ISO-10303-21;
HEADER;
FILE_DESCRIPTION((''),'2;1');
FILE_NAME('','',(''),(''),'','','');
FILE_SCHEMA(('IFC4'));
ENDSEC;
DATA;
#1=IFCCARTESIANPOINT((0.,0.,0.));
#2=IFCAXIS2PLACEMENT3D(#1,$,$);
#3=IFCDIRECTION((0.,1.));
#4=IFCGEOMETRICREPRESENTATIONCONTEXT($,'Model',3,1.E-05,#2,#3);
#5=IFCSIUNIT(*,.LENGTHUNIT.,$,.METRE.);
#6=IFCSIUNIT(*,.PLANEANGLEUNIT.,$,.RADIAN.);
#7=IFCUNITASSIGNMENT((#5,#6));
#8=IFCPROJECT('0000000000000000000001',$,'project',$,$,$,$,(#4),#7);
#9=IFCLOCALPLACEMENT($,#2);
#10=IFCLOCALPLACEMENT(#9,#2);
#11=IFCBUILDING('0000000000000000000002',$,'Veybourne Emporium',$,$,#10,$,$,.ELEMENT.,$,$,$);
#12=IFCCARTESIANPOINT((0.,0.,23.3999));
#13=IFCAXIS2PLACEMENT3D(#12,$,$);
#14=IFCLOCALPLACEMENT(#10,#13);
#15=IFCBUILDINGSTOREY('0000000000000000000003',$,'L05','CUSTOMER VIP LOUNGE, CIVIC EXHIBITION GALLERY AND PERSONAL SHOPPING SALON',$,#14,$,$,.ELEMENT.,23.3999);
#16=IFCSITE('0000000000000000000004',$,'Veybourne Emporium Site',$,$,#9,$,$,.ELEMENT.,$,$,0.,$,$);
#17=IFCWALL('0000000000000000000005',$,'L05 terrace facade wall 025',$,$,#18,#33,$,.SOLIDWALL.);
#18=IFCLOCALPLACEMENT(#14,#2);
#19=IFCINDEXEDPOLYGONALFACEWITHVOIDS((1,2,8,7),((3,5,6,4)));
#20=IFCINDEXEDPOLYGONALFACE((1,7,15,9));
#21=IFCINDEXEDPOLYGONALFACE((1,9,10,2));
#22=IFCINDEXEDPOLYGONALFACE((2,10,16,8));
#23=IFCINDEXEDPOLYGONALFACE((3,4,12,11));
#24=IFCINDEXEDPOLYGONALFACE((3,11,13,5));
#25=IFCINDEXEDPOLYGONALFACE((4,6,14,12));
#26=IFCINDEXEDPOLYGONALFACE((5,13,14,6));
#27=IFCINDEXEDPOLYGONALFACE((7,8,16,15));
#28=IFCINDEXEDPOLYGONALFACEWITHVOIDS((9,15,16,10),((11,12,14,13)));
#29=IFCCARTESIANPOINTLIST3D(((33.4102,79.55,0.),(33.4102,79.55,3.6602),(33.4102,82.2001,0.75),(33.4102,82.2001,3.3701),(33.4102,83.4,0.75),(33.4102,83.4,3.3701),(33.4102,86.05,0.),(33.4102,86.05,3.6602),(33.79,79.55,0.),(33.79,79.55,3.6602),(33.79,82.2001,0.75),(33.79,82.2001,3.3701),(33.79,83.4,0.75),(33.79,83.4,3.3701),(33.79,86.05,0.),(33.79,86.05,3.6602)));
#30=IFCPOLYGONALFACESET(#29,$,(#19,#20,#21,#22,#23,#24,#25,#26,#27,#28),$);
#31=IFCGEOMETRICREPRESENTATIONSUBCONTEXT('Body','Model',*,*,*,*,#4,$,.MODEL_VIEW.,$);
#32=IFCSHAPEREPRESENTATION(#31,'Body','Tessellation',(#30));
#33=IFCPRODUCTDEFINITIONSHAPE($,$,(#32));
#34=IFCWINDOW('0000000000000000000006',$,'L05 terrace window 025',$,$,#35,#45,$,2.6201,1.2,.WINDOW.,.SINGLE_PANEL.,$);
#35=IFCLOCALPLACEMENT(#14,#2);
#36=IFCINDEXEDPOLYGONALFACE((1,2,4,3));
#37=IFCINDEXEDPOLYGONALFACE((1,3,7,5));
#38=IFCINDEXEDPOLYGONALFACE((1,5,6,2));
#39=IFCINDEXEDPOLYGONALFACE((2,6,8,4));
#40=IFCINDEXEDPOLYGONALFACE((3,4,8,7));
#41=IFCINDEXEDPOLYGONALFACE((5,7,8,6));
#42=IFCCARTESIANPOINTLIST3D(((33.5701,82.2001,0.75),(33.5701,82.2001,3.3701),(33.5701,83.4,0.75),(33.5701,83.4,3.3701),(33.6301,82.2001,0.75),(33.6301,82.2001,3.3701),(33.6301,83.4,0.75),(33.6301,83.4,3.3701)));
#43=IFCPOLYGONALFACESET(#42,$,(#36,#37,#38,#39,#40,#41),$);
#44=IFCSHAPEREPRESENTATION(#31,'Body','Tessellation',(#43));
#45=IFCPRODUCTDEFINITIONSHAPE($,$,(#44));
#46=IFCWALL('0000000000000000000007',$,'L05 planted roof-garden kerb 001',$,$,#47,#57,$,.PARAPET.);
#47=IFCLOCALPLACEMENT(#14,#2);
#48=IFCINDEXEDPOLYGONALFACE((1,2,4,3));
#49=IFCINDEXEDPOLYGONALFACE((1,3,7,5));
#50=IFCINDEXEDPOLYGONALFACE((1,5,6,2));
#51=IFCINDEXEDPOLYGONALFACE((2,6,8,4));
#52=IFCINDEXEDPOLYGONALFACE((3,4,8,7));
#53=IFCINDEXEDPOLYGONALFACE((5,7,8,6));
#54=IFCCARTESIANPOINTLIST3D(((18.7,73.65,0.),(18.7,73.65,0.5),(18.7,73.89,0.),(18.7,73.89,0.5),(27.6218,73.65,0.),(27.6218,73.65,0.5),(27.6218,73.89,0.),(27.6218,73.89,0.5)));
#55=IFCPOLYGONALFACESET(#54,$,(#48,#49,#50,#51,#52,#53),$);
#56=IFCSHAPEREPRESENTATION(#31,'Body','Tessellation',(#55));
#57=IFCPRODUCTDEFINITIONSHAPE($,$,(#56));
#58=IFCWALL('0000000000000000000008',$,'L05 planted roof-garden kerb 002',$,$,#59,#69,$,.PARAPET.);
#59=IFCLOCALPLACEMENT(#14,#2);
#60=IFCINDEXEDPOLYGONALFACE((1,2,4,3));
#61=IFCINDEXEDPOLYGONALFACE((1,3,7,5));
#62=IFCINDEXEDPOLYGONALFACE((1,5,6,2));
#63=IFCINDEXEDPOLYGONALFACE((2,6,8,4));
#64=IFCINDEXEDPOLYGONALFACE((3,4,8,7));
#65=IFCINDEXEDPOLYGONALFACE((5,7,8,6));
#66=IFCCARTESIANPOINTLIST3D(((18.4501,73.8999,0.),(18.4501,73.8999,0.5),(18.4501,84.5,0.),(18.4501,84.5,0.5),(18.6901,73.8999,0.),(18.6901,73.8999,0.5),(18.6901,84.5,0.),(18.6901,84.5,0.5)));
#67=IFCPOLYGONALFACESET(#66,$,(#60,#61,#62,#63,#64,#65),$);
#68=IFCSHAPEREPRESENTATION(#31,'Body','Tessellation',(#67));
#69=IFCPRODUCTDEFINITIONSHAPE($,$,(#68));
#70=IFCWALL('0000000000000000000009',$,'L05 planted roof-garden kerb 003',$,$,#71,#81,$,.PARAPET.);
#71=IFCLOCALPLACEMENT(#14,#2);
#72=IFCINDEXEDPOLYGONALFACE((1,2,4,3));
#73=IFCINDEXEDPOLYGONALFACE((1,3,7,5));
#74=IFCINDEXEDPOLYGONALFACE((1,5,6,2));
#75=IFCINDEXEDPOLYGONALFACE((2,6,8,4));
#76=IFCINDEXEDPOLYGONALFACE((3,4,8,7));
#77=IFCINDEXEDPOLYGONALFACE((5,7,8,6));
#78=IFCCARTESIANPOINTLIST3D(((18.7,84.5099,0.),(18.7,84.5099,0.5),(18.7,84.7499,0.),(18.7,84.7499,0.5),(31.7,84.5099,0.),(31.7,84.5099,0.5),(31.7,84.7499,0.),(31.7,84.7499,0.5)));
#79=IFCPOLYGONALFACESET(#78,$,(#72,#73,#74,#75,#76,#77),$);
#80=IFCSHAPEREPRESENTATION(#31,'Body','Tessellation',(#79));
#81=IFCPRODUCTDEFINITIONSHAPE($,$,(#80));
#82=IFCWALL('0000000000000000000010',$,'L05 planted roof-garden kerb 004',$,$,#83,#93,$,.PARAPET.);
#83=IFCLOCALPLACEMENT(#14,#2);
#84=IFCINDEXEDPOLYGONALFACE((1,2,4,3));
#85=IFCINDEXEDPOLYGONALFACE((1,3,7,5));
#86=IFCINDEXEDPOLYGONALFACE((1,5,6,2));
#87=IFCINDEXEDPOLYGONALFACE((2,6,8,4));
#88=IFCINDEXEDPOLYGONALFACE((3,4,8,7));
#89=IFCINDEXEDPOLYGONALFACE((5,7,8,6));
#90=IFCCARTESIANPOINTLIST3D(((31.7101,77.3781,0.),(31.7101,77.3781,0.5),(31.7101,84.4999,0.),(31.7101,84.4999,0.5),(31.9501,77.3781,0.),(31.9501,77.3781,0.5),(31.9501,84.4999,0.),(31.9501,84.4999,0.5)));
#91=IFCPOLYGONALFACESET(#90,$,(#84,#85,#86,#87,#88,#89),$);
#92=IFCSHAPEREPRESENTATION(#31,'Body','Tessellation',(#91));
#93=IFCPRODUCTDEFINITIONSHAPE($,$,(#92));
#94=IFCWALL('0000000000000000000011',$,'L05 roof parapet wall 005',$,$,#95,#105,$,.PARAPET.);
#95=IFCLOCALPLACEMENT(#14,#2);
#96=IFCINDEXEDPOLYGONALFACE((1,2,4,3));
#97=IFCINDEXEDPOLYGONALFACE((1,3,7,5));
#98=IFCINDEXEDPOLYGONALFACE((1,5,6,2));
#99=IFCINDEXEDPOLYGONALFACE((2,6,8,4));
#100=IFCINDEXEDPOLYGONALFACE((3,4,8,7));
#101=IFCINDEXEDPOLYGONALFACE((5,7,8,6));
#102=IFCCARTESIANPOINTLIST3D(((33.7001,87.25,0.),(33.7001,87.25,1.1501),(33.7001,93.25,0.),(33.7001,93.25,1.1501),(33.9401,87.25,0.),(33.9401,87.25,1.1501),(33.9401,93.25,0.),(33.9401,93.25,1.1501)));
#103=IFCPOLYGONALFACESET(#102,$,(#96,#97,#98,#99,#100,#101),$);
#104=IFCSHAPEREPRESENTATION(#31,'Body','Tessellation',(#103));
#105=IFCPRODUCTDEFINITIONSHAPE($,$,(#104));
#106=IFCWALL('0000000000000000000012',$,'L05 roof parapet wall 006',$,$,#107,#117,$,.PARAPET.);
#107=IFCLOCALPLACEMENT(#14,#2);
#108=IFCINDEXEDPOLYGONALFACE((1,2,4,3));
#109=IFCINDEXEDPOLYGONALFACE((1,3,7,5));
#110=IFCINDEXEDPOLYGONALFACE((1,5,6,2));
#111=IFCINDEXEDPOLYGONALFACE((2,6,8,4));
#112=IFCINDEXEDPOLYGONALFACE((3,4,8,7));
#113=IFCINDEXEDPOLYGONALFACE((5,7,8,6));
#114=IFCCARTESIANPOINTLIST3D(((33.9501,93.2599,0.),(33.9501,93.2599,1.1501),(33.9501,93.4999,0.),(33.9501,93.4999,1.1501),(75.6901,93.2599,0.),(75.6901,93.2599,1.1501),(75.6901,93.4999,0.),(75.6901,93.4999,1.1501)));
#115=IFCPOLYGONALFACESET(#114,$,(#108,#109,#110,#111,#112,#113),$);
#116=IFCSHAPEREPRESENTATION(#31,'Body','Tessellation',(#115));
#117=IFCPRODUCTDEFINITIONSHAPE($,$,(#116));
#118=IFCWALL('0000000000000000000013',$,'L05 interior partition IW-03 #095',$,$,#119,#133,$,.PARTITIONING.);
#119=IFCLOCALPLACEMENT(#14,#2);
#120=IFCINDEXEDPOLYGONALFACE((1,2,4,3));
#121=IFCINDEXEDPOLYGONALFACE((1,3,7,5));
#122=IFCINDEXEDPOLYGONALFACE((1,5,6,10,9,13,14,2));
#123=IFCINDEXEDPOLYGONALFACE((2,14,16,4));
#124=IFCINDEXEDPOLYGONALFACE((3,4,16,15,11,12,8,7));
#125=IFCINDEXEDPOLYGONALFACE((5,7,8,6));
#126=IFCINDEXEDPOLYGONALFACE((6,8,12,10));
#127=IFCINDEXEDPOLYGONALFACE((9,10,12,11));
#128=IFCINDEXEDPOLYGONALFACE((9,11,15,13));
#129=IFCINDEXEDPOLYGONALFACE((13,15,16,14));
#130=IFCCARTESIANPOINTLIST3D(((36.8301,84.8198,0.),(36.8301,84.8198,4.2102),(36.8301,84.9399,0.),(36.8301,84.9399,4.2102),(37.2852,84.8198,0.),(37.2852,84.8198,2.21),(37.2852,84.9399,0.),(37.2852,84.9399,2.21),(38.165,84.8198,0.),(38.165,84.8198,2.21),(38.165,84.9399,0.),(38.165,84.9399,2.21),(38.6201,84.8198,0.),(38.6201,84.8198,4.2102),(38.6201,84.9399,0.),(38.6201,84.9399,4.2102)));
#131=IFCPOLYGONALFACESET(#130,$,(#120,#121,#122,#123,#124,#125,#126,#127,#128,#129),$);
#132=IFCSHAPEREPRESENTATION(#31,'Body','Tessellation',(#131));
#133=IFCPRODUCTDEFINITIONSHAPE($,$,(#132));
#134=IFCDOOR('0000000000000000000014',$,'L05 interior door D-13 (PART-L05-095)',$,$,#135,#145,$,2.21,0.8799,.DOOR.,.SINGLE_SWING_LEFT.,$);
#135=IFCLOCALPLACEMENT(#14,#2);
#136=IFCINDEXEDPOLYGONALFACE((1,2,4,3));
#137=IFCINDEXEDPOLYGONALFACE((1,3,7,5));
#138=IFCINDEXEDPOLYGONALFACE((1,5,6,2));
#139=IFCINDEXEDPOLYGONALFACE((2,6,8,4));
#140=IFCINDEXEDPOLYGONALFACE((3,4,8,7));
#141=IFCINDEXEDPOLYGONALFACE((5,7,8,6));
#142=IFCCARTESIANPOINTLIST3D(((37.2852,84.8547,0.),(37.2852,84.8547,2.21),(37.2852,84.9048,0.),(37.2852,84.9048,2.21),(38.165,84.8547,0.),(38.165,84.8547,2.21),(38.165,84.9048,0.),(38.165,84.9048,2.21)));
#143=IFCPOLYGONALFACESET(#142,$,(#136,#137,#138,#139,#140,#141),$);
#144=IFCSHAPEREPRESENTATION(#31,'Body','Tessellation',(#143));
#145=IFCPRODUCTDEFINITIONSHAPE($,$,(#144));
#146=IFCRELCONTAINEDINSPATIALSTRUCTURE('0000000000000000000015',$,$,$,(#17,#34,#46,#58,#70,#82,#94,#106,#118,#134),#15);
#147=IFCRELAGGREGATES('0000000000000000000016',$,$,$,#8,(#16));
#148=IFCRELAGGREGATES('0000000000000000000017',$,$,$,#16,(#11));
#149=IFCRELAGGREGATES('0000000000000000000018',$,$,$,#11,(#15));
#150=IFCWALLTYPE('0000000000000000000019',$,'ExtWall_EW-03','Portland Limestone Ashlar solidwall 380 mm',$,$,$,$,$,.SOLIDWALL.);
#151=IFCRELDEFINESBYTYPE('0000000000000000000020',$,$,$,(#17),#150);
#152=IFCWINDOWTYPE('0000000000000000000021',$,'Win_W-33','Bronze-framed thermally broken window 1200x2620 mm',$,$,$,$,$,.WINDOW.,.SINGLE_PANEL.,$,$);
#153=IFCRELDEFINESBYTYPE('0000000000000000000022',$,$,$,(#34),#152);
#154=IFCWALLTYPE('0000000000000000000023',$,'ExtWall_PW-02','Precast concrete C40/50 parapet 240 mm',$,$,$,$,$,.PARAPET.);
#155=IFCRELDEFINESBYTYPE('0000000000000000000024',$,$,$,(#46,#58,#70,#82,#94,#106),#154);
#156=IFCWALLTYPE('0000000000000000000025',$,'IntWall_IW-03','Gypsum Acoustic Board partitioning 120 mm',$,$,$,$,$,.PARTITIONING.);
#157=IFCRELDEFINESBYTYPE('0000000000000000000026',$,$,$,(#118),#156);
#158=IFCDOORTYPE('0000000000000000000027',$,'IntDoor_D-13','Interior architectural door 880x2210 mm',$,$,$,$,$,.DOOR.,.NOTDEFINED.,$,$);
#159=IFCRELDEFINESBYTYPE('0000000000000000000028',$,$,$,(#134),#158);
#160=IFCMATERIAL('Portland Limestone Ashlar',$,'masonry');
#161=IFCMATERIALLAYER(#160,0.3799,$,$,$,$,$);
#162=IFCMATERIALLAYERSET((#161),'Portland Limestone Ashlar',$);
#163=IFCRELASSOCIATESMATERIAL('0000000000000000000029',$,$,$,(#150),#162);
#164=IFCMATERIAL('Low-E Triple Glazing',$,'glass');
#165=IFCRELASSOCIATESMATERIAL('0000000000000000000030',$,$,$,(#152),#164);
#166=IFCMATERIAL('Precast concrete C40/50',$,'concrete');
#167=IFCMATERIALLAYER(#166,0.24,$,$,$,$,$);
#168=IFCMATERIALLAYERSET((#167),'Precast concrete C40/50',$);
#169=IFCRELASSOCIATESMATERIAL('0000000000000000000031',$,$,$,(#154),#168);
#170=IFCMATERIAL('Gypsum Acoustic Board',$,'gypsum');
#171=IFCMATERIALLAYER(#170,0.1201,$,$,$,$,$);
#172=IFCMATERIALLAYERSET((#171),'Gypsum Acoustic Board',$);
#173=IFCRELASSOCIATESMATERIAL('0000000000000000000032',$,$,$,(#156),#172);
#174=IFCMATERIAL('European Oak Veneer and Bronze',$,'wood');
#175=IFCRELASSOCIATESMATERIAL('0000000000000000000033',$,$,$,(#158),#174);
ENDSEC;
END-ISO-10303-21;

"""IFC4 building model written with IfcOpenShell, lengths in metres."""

from ifc_helpers import new_model, si_unit, direction, frame, frame_2d, origin, place, context, subcontext, project, spatial, rectangle, extrude, material, layer, layer_set, type_object, element, fill, save


model = new_model("IFC4")

# Units and contexts
model_context = context("Model", 3, precision=1e-05, world=origin(), true_north=direction((0.0, 1.0)))
body_context = subcontext(model_context, "Body", "Model", "MODEL_VIEW")
ifc_project = project(units=[si_unit("LENGTHUNIT", "METRE"), si_unit("PLANEANGLEUNIT", "RADIAN")], contexts=[model_context])

# Site, building, storey
site_placement = place(None, origin())
site = spatial("IfcSite", under=ifc_project, at=site_placement, Name="Veybourne Emporium Site", CompositionType="ELEMENT", RefElevation=0.0)
building_placement = place(site_placement, origin())
building = spatial("IfcBuilding", under=site, at=building_placement, Name="Veybourne Emporium", CompositionType="ELEMENT")
storey_placement = place(building_placement, frame((0.0, 0.0, 23.3999)))
storey = spatial("IfcBuildingStorey", under=building, at=storey_placement, Name="L05", Description="CUSTOMER VIP LOUNGE, CIVIC EXHIBITION GALLERY AND PERSONAL SHOPPING SALON", CompositionType="ELEMENT", Elevation=23.3999)

# Shared definitions
ifc_material_1 = material(Name="Portland Limestone Ashlar", Category="masonry")
ifc_layer_1 = layer(ifc_material_1, 0.3799)
ifc_layer_set_1 = layer_set([ifc_layer_1], Name="Portland Limestone Ashlar")
wall_type_1 = type_object("IfcWallType", Name="ExtWall_EW-03", Description="Portland Limestone Ashlar solidwall 380 mm", PredefinedType="SOLIDWALL", material=ifc_layer_set_1)

# Shared definitions
ifc_material_2 = material(Name="Low-E Triple Glazing", Category="glass")

# Wall, opening, window
wall_1_placement = place(storey_placement, frame((33.6001, 79.55, 0.0), z_axis=(0.0, 0.0, 1.0), x_axis=(0.0, 1.0, 0.0)))
wall_1 = element("IfcWall", 1, at=wall_1_placement, inside=storey, type_object=wall_type_1, Name="L05 terrace facade wall 025", PredefinedType="SOLIDWALL", context=body_context, shape_type="SweptSolid", body=[
    extrude(rectangle(XDim=6.5, YDim=0.3799, at=frame_2d((3.25, 0.0))), origin(), (0.0, 0.0, 1.0), 3.6602),
])
opening_1_placement = place(wall_1_placement, frame((2.6499, 0.0, 0.75)))
opening_1 = element("IfcOpeningElement", 2, at=opening_1_placement, cuts=wall_1, PredefinedType="OPENING", context=body_context, shape_type="SweptSolid", body=[
    extrude(rectangle(XDim=1.2, YDim=2.6201, at=frame_2d((0.6001, 1.3101))), frame((0.0, 0.21, 0.0), z_axis=(0.0, -1.0, 0.0), x_axis=(1.0, 0.0, 0.0)), (0.0, 0.0, 1.0), 0.4199),
])
window_type_1 = type_object("IfcWindowType", Name="Win_W-33", Description="Bronze-framed thermally broken window 1200x2620 mm", PartitioningType="SINGLE_PANEL", PredefinedType="WINDOW", material=ifc_material_2)
window_1_placement = place(opening_1_placement, origin())
window_1 = element("IfcWindow", 3, at=window_1_placement, inside=storey, type_object=window_type_1, Name="L05 terrace window 025", OverallHeight=2.6201, OverallWidth=1.2, PartitioningType="SINGLE_PANEL", PredefinedType="WINDOW", context=body_context, shape_type="SweptSolid", body=[
    extrude(rectangle(XDim=1.2, YDim=2.6201, at=frame_2d((0.6001, 1.3101))), frame((0.0, 0.03, 0.0), z_axis=(0.0, -1.0, 0.0), x_axis=(1.0, 0.0, 0.0)), (0.0, 0.0, 1.0), 0.0601),
])
fill(opening_1, window_1)

# Walls
ifc_material_3 = material(Name="Precast concrete C40/50", Category="concrete")
ifc_layer_2 = layer(ifc_material_3, 0.24)
ifc_layer_set_2 = layer_set([ifc_layer_2], Name="Precast concrete C40/50")
wall_type_2 = type_object("IfcWallType", Name="ExtWall_PW-02", Description="Precast concrete C40/50 parapet 240 mm", PredefinedType="PARAPET", material=ifc_layer_set_2)
wall_2_placement = place(storey_placement, frame((27.6218, 73.77, 0.0), z_axis=(0.0, 0.0, 1.0), x_axis=(-1.0, 0.0, 0.0)))
element("IfcWall", 4, at=wall_2_placement, inside=storey, type_object=wall_type_2, Name="L05 planted roof-garden kerb 001", PredefinedType="PARAPET", context=body_context, shape_type="SweptSolid", body=[
    extrude(rectangle(XDim=8.9219, YDim=0.24, at=frame_2d((4.4609, 0.0))), origin(), (0.0, 0.0, 1.0), 0.5),
])
wall_3_placement = place(storey_placement, frame((18.5701, 73.8999, 0.0), z_axis=(0.0, 0.0, 1.0), x_axis=(0.0, 1.0, 0.0)))
element("IfcWall", 5, at=wall_3_placement, inside=storey, type_object=wall_type_2, Name="L05 planted roof-garden kerb 002", PredefinedType="PARAPET", context=body_context, shape_type="SweptSolid", body=[
    extrude(rectangle(XDim=10.6001, YDim=0.24, at=frame_2d((5.3, 0.0))), origin(), (0.0, 0.0, 1.0), 0.5),
])
wall_4_placement = place(storey_placement, frame((18.7, 84.6299, 0.0), z_axis=(0.0, 0.0, 1.0), x_axis=(1.0, 0.0, 0.0)))
element("IfcWall", 6, at=wall_4_placement, inside=storey, type_object=wall_type_2, Name="L05 planted roof-garden kerb 003", PredefinedType="PARAPET", context=body_context, shape_type="SweptSolid", body=[
    extrude(rectangle(XDim=13.0, YDim=0.24, at=frame_2d((6.5, 0.0))), origin(), (0.0, 0.0, 1.0), 0.5),
])
wall_5_placement = place(storey_placement, frame((31.8301, 84.5, 0.0), z_axis=(0.0, 0.0, 1.0), x_axis=(0.0, -1.0, 0.0)))
element("IfcWall", 7, at=wall_5_placement, inside=storey, type_object=wall_type_2, Name="L05 planted roof-garden kerb 004", PredefinedType="PARAPET", context=body_context, shape_type="SweptSolid", body=[
    extrude(rectangle(XDim=7.1218, YDim=0.24, at=frame_2d((3.561, 0.0))), origin(), (0.0, 0.0, 1.0), 0.5),
])
wall_6_placement = place(storey_placement, frame((33.8201, 87.25, 0.0), z_axis=(0.0, 0.0, 1.0), x_axis=(0.0, 1.0, 0.0)))
element("IfcWall", 8, at=wall_6_placement, inside=storey, type_object=wall_type_2, Name="L05 roof parapet wall 005", PredefinedType="PARAPET", context=body_context, shape_type="SweptSolid", body=[
    extrude(rectangle(XDim=6.0, YDim=0.24, at=frame_2d((3.0, 0.0))), origin(), (0.0, 0.0, 1.0), 1.1501),
])
wall_7_placement = place(storey_placement, frame((33.95, 93.3799, 0.0), z_axis=(0.0, 0.0, 1.0), x_axis=(1.0, 0.0, 0.0)))
element("IfcWall", 9, at=wall_7_placement, inside=storey, type_object=wall_type_2, Name="L05 roof parapet wall 006", PredefinedType="PARAPET", context=body_context, shape_type="SweptSolid", body=[
    extrude(rectangle(XDim=41.74, YDim=0.24, at=frame_2d((20.8701, 0.0))), origin(), (0.0, 0.0, 1.0), 1.1501),
])

# Wall, opening, door
ifc_material_4 = material(Name="Gypsum Acoustic Board", Category="gypsum")
ifc_layer_3 = layer(ifc_material_4, 0.1201)
ifc_layer_set_3 = layer_set([ifc_layer_3], Name="Gypsum Acoustic Board")
wall_type_3 = type_object("IfcWallType", Name="IntWall_IW-03", Description="Gypsum Acoustic Board partitioning 120 mm", PredefinedType="PARTITIONING", material=ifc_layer_set_3)
wall_8_placement = place(storey_placement, frame((36.8301, 84.8799, 0.0), z_axis=(0.0, 0.0, 1.0), x_axis=(1.0, 0.0, 0.0)))
wall_8 = element("IfcWall", 10, at=wall_8_placement, inside=storey, type_object=wall_type_3, Name="L05 interior partition IW-03 #095", PredefinedType="PARTITIONING", context=body_context, shape_type="SweptSolid", body=[
    extrude(rectangle(XDim=1.79, YDim=0.1201, at=frame_2d((0.895, 0.0))), origin(), (0.0, 0.0, 1.0), 4.2102),
])
opening_2_placement = place(wall_8_placement, frame((0.4551, 0.0, 0.0)))
opening_2 = element("IfcOpeningElement", 11, at=opening_2_placement, cuts=wall_8, PredefinedType="OPENING", context=body_context, shape_type="SweptSolid", body=[
    extrude(rectangle(XDim=0.8799, YDim=2.21, at=frame_2d((0.4399, 1.105))), frame((0.0, 0.0801, 0.0), z_axis=(0.0, -1.0, 0.0), x_axis=(1.0, 0.0, 0.0)), (0.0, 0.0, 1.0), 0.1602),
])
ifc_material_5 = material(Name="European Oak Veneer and Bronze", Category="wood")
door_type_1 = type_object("IfcDoorType", Name="IntDoor_D-13", Description="Interior architectural door 880x2210 mm", OperationType="NOTDEFINED", PredefinedType="DOOR", material=ifc_material_5)
door_1_placement = place(opening_2_placement, origin())
door_1 = element("IfcDoor", 12, at=door_1_placement, inside=storey, type_object=door_type_1, Name="L05 interior door D-13 (PART-L05-095)", OperationType="SINGLE_SWING_LEFT", OverallHeight=2.21, OverallWidth=0.8799, PredefinedType="DOOR", context=body_context, shape_type="SweptSolid", body=[
    extrude(rectangle(XDim=0.8799, YDim=2.21, at=frame_2d((0.4399, 1.105))), frame((0.0, 0.0249, 0.0), z_axis=(0.0, -1.0, 0.0), x_axis=(1.0, 0.0, 0.0)), (0.0, 0.0, 1.0), 0.05),
])
fill(opening_2, door_1)

save(model, "model.ifc")
